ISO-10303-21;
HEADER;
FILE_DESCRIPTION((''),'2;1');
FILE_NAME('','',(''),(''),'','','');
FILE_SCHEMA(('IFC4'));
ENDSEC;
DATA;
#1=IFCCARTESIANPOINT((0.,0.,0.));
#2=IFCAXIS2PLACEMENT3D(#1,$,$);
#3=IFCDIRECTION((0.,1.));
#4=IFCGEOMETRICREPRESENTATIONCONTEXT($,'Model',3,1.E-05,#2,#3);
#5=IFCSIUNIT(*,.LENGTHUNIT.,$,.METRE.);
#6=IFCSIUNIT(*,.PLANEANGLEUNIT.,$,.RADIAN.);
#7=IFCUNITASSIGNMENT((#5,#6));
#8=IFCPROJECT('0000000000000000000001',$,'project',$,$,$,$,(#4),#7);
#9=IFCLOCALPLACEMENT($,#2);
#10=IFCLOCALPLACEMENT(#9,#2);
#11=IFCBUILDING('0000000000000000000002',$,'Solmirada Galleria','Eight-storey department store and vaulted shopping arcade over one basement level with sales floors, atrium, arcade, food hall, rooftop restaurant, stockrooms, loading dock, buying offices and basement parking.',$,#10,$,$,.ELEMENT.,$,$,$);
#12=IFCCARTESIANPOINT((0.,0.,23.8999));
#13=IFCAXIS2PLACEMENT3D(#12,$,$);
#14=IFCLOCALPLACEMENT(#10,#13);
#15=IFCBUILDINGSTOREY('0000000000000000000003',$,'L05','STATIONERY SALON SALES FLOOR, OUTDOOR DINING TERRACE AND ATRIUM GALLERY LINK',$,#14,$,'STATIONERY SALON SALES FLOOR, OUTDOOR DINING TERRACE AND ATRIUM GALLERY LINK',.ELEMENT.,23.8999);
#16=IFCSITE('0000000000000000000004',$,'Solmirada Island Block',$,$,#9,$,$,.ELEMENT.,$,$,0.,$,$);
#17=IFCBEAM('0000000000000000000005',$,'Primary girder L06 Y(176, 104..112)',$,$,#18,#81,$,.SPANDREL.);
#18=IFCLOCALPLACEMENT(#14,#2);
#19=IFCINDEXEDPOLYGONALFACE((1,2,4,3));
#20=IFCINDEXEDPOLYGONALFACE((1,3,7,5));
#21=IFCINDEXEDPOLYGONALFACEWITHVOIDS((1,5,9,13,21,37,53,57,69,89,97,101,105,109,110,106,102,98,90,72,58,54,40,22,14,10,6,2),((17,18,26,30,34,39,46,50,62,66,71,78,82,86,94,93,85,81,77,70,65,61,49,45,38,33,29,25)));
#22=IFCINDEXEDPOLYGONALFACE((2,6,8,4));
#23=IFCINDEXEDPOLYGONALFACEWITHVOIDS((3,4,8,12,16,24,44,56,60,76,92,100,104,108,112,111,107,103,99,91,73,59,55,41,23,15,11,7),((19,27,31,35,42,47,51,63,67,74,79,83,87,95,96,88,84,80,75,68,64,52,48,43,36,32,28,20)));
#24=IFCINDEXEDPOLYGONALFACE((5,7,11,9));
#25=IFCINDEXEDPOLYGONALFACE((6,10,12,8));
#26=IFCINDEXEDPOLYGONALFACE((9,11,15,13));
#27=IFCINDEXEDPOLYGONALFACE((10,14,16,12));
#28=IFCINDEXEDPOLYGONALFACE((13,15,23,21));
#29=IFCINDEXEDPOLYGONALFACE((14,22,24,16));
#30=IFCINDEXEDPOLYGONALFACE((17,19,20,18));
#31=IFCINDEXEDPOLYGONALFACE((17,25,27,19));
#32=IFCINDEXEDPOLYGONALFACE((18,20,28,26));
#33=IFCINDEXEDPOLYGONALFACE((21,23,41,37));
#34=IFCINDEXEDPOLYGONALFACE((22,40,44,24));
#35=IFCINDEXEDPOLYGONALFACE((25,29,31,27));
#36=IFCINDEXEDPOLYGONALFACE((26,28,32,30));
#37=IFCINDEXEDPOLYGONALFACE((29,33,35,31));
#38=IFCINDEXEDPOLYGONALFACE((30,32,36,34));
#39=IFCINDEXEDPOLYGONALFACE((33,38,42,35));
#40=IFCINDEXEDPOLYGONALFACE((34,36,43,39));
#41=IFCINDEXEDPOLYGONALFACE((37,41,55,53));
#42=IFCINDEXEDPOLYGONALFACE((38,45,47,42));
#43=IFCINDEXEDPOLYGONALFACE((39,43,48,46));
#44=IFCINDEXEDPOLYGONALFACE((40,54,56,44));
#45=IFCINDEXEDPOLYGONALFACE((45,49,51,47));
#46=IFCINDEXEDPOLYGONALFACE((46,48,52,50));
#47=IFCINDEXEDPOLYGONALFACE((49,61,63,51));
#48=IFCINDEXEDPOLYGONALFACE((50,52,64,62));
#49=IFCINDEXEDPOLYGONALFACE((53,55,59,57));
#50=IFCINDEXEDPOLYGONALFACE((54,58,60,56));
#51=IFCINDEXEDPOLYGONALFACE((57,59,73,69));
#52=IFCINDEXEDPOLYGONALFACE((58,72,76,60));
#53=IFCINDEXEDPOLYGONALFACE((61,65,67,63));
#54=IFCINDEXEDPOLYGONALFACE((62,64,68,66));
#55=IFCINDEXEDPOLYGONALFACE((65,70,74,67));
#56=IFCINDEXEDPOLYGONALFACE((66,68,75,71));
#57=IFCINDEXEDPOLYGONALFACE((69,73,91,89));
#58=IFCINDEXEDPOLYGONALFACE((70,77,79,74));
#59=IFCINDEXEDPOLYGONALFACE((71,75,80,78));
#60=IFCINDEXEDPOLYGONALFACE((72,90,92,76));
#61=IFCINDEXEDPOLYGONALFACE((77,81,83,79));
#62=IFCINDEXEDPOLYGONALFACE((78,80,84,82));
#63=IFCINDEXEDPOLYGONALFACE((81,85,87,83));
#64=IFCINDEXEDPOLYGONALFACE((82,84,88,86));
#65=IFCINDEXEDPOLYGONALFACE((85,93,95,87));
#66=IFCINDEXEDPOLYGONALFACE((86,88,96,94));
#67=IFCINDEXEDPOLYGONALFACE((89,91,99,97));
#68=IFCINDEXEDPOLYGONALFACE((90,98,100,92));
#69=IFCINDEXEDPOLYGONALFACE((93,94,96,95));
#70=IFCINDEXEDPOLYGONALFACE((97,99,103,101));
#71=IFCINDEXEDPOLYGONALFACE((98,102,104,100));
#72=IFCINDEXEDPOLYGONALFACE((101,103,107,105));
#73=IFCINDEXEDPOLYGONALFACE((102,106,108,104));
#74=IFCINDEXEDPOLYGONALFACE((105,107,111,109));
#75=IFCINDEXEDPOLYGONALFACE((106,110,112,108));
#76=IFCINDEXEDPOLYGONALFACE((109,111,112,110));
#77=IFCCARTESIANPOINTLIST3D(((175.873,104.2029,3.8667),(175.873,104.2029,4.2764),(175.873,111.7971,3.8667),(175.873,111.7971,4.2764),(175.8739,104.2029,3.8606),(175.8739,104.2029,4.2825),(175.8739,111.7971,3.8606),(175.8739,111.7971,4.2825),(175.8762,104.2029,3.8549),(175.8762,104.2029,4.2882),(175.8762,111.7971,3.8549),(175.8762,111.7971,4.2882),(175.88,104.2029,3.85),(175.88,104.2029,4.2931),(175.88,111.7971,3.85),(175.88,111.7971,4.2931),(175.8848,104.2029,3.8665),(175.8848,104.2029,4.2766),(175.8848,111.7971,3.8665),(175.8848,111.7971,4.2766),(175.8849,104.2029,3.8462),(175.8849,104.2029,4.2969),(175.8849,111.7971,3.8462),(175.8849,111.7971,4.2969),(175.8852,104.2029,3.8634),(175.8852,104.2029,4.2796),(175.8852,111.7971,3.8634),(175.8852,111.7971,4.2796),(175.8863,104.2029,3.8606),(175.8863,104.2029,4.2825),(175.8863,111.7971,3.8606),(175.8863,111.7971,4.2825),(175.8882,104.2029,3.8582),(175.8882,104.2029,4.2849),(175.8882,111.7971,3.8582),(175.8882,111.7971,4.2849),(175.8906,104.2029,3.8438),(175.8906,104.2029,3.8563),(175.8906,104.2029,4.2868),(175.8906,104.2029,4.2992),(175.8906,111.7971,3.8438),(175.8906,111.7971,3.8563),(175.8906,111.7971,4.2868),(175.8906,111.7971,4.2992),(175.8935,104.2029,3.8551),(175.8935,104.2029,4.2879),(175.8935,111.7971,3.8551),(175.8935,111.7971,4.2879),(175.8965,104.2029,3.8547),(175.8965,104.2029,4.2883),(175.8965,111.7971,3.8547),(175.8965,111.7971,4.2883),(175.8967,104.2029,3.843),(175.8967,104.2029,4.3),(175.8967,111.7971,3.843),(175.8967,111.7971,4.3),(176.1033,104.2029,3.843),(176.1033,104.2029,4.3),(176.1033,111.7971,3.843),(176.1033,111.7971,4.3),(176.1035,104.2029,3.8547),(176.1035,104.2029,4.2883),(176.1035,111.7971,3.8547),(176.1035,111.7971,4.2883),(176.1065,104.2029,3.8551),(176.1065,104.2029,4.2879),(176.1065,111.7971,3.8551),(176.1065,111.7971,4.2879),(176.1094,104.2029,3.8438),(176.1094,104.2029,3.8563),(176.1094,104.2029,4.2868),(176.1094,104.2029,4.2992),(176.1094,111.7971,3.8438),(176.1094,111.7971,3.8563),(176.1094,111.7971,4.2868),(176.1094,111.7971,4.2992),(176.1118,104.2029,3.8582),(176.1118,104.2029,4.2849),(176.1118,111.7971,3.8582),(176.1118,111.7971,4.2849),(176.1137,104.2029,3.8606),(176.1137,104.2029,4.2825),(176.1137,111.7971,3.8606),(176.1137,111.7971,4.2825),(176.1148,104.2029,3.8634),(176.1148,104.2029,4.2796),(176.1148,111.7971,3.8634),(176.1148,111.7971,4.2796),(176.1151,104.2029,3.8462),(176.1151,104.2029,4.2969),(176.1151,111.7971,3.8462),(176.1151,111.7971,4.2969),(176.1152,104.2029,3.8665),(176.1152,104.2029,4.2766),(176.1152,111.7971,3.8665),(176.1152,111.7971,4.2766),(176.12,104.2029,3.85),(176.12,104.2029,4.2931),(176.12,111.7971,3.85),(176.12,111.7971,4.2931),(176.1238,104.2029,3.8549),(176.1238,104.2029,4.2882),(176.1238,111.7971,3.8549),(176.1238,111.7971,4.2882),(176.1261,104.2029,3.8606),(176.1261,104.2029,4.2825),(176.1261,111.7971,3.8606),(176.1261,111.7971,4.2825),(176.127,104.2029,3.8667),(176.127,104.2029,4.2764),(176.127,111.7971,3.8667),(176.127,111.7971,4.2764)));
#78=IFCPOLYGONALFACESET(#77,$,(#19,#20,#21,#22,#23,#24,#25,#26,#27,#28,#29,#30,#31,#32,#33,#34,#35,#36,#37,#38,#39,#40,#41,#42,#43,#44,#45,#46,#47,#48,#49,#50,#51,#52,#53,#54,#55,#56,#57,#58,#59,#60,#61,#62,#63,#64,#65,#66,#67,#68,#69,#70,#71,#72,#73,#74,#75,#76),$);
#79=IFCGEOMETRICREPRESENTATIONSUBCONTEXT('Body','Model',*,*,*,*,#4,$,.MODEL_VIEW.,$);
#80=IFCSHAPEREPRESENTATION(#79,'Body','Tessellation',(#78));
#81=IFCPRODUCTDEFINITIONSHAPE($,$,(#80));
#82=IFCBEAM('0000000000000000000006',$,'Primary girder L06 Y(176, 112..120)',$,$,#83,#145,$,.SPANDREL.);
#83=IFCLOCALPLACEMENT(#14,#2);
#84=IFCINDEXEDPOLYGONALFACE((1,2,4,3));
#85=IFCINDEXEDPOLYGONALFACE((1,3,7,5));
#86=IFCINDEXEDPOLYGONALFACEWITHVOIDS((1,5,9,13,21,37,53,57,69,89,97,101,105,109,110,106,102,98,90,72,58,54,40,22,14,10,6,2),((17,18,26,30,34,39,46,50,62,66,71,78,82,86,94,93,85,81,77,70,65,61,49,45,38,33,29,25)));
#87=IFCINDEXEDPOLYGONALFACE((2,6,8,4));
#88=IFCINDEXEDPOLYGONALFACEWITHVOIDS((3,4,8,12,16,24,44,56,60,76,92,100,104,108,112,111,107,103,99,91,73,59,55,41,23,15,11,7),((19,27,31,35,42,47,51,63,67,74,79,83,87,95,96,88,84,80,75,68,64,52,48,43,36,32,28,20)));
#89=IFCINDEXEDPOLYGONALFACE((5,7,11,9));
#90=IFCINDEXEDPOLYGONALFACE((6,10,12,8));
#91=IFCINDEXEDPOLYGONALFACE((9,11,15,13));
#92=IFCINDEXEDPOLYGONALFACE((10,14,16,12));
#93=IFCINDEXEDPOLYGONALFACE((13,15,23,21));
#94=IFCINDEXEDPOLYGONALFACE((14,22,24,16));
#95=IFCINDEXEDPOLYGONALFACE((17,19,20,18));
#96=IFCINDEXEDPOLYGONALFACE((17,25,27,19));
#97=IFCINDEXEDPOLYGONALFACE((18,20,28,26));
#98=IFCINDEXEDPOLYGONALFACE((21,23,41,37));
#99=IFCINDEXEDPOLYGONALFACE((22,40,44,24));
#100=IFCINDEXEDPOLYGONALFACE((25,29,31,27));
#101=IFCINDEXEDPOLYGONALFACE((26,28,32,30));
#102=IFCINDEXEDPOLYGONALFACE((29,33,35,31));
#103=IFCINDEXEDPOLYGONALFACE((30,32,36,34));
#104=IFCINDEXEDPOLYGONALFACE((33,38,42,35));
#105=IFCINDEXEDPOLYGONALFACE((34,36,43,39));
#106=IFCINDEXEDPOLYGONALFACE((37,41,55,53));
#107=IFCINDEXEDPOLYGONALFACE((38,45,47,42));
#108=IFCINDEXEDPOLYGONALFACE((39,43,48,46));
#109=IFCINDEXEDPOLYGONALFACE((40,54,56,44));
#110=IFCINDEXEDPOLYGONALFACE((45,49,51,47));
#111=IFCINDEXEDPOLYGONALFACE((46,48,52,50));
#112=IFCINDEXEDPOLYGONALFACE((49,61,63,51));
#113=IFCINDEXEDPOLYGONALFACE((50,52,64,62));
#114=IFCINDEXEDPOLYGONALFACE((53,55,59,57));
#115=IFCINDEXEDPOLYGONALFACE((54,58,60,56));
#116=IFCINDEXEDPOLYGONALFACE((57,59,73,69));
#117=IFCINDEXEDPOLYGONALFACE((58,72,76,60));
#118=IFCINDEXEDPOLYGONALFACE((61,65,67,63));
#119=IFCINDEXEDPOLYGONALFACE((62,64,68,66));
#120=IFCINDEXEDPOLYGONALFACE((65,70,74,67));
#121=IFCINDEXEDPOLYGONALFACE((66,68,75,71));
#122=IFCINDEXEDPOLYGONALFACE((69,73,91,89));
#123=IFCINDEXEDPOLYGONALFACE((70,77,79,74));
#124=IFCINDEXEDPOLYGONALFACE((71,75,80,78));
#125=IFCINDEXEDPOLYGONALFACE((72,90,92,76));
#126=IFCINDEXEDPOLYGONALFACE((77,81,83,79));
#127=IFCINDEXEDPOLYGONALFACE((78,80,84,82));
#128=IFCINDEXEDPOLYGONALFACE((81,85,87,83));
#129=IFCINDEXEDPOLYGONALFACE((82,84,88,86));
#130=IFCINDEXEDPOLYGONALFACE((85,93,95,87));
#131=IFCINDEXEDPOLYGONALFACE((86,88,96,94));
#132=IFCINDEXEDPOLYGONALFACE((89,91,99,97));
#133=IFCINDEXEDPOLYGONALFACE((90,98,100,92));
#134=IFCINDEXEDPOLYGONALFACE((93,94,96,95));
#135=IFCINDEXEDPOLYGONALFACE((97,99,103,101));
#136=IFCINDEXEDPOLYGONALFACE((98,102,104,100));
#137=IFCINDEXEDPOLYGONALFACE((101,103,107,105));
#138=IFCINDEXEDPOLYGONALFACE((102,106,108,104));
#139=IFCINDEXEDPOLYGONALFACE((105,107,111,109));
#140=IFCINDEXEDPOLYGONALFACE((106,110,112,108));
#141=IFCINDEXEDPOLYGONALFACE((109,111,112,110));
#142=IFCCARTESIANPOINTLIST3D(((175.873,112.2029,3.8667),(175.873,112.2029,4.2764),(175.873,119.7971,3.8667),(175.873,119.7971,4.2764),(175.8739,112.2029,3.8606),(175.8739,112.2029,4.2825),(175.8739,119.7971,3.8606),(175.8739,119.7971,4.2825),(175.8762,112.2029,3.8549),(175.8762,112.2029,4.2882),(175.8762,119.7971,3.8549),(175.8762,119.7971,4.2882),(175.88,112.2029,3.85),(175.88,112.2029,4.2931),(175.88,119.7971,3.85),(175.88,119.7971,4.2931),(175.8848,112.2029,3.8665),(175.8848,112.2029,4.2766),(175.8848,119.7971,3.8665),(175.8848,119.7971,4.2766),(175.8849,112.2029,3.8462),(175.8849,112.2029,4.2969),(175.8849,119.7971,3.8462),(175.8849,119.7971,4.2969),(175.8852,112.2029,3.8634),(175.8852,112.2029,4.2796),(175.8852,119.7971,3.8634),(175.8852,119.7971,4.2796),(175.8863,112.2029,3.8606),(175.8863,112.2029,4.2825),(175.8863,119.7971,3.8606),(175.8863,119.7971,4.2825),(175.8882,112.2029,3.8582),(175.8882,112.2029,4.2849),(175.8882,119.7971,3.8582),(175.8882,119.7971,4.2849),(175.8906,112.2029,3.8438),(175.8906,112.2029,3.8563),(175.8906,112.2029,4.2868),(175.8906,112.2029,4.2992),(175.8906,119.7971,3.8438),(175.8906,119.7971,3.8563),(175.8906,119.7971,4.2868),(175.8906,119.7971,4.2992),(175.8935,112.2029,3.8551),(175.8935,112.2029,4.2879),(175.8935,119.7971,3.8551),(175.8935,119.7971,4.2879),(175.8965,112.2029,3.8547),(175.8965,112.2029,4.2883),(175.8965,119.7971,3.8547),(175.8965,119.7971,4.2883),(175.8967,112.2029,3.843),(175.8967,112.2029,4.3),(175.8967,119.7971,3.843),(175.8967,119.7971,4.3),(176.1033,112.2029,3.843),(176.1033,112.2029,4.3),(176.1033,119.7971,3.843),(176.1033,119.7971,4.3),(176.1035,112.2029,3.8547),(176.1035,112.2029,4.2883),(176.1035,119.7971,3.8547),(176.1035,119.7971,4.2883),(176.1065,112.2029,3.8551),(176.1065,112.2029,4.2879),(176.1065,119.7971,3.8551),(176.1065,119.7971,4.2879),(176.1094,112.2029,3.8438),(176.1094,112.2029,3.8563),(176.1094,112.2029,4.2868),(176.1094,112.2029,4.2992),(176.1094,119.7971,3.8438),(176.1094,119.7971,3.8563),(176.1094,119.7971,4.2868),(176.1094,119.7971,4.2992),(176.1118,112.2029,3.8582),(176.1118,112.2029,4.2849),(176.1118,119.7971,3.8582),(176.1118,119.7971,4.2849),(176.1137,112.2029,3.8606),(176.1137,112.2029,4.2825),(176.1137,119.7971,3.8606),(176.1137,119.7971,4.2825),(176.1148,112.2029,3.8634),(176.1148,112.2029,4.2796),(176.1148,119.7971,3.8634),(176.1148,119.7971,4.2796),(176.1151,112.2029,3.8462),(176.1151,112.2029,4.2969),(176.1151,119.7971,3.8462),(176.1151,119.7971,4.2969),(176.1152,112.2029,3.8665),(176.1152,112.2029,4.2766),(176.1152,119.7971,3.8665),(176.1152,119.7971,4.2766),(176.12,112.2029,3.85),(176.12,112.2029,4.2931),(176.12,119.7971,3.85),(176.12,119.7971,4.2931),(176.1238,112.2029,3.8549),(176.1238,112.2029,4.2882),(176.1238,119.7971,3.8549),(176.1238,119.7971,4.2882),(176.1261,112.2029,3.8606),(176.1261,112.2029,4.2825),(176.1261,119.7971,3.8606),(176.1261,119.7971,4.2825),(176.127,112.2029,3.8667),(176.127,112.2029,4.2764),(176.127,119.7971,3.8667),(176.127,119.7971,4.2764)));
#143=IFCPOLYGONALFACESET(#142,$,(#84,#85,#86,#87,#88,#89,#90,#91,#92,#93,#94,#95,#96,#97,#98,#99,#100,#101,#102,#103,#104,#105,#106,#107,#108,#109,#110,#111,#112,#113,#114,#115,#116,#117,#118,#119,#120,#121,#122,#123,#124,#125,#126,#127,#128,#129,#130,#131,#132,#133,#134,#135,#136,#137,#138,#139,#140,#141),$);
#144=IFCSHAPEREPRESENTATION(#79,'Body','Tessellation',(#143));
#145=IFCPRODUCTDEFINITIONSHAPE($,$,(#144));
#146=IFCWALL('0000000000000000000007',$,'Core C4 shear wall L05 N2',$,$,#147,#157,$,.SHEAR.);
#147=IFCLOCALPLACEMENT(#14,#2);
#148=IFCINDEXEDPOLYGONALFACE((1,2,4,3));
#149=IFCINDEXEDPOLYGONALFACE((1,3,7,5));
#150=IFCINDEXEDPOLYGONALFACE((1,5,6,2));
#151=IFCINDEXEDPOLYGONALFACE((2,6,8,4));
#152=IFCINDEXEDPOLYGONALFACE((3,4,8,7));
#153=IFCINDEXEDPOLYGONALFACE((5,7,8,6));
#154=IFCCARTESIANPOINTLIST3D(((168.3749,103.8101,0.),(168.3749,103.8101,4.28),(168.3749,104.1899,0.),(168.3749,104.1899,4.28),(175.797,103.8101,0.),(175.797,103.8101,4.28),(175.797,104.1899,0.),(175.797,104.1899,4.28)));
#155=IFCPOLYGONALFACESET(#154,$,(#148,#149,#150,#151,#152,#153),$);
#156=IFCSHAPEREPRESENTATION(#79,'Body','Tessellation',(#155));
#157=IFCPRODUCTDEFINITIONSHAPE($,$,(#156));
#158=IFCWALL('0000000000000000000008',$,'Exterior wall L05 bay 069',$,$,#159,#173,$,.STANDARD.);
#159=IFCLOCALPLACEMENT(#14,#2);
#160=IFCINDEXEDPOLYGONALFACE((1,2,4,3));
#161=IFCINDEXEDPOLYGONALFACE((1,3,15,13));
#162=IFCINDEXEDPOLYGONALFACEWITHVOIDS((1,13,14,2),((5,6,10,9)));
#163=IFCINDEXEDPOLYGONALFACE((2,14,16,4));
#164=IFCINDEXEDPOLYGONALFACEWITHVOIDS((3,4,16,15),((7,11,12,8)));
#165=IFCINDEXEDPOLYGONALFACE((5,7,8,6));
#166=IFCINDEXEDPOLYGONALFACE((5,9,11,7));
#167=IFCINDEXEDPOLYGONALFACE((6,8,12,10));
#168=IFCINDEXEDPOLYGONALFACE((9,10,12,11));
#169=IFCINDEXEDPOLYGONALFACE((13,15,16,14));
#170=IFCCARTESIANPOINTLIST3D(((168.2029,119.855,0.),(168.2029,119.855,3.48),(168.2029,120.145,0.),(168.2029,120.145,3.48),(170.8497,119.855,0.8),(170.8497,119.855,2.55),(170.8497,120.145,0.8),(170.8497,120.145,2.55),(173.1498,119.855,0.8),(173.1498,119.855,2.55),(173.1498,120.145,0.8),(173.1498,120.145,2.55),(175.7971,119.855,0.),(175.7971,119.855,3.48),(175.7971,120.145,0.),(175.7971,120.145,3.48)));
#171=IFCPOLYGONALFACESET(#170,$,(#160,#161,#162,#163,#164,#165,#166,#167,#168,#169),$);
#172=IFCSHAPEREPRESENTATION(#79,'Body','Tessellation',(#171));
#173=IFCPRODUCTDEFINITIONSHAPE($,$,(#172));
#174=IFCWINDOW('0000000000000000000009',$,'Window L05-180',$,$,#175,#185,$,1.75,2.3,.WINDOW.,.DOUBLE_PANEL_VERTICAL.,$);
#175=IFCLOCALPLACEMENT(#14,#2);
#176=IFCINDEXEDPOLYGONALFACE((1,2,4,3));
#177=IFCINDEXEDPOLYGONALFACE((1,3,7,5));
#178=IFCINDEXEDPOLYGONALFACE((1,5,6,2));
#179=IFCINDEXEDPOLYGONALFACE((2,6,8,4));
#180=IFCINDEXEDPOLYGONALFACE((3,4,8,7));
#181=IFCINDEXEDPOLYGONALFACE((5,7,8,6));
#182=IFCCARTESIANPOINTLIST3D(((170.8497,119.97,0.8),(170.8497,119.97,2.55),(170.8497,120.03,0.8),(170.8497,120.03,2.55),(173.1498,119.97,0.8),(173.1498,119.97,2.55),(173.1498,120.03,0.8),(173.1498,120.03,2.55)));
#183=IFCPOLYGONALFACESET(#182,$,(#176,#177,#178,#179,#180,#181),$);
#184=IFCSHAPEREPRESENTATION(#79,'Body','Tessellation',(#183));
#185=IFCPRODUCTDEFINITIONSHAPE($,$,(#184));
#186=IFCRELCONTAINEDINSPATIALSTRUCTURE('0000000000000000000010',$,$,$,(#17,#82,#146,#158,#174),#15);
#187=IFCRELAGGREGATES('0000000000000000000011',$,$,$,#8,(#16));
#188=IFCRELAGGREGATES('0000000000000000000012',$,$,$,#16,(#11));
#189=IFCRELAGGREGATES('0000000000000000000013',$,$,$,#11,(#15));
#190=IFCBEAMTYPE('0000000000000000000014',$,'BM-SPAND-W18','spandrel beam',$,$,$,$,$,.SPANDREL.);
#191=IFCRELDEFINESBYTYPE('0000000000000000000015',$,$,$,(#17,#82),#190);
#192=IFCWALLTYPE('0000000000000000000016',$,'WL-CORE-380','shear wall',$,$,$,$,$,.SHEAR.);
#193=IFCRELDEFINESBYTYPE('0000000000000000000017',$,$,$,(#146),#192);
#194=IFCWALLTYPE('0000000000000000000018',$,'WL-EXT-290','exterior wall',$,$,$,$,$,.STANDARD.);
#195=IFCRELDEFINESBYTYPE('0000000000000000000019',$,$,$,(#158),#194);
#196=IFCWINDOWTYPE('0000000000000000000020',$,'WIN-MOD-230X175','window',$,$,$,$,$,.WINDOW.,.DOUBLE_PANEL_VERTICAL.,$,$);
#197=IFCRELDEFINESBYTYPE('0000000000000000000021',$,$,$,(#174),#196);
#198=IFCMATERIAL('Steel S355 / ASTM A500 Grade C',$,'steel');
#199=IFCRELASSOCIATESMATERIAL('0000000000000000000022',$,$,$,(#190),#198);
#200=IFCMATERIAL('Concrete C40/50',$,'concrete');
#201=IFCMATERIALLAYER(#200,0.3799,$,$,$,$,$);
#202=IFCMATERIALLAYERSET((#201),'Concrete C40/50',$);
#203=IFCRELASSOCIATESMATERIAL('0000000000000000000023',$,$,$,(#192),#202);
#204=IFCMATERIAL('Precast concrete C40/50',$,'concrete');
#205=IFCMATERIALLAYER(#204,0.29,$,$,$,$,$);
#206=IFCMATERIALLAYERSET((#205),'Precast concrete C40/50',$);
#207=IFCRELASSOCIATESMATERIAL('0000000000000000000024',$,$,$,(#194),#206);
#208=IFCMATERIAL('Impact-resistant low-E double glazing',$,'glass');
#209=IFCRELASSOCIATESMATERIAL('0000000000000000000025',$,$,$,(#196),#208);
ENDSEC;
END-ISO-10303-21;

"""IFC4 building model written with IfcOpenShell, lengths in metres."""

from ifc_helpers import new_model, si_unit, direction, frame, frame_2d, origin, origin_2d, place, context, subcontext, project, spatial, rectangle, hollow_rectangle, extrude, material, layer, layer_set, material_profile, profile_set, type_object, element, fill, save


model = new_model("IFC4")

# Units and contexts
model_context = context("Model", 3, precision=1e-05, world=origin(), true_north=direction((0.0, 1.0)))
body_context = subcontext(model_context, "Body", "Model", "MODEL_VIEW")
ifc_project = project(units=[si_unit("LENGTHUNIT", "METRE"), si_unit("PLANEANGLEUNIT", "RADIAN")], contexts=[model_context])

# Site, building, storey
site_placement = place(None, origin())
site = spatial("IfcSite", under=ifc_project, at=site_placement, Name="Solmirada Island Block", CompositionType="ELEMENT", RefElevation=0.0)
building_placement = place(site_placement, origin())
building = spatial("IfcBuilding", under=site, at=building_placement, Name="Solmirada Galleria", Description="Eight-storey department store and vaulted shopping arcade over one basement level with sales floors, atrium, arcade, food hall, rooftop restaurant, stockrooms, loading dock, buying offices and basement parking.", CompositionType="ELEMENT")
storey_placement = place(building_placement, frame((0.0, 0.0, 23.8999)))
storey = spatial("IfcBuildingStorey", under=building, at=storey_placement, Name="L05", Description="STATIONERY SALON SALES FLOOR, OUTDOOR DINING TERRACE AND ATRIUM GALLERY LINK", LongName="STATIONERY SALON SALES FLOOR, OUTDOOR DINING TERRACE AND ATRIUM GALLERY LINK", CompositionType="ELEMENT", Elevation=23.8999)

# Shared definitions
ifc_material_1 = material(Name="Steel S355 / ASTM A500 Grade C", Category="steel")

# Beams
ifc_material_profile_1 = material_profile(ifc_material_1, hollow_rectangle(XDim=0.2539, YDim=0.457, WallThickness=0.0117, InnerFilletRadius=0.0117, OuterFilletRadius=0.0237, at=origin_2d()), Name="HSS18X10X1/2")
ifc_profile_set_1 = profile_set([ifc_material_profile_1], Name="Steel S355 / ASTM A500 Grade C")
beam_type_1 = type_object("IfcBeamType", Name="BM-SPAND-W18", Description="spandrel beam", PredefinedType="SPANDREL", material=ifc_profile_set_1)
for number, where, z_axis, x_axis, name in (
    (1, (176.0, 104.2029, 4.0715), (0.0, 1.0, 0.0), (-1.0, 0.0, 0.0), "Primary girder L06 Y(176, 104..112)"),
    (2, (176.0, 112.2029, 4.0715), (0.0, 1.0, 0.0), (-1.0, 0.0, 0.0), "Primary girder L06 Y(176, 112..120)"),
):
    element("IfcBeam", number, at=place(storey_placement, frame(where, z_axis=z_axis, x_axis=x_axis)), inside=storey, type_object=beam_type_1, Name=name, PredefinedType="SPANDREL", context=body_context, shape_type="SweptSolid", body=[
        extrude(hollow_rectangle(XDim=0.2539, YDim=0.457, WallThickness=0.0117, InnerFilletRadius=0.0117, OuterFilletRadius=0.0237, at=origin_2d()), origin(), (0.0, 0.0, 1.0), 7.5942),
    ])

# Wall
ifc_material_2 = material(Name="Concrete C40/50", Category="concrete")
ifc_layer_1 = layer(ifc_material_2, 0.3799)
ifc_layer_set_1 = layer_set([ifc_layer_1], Name="Concrete C40/50")
wall_type_1 = type_object("IfcWallType", Name="WL-CORE-380", Description="shear wall", PredefinedType="SHEAR", material=ifc_layer_set_1)
wall_1_placement = place(storey_placement, frame((168.375, 104.0, 0.0), z_axis=(0.0, 0.0, 1.0), x_axis=(1.0, 0.0, 0.0)))
element("IfcWall", 3, at=wall_1_placement, inside=storey, type_object=wall_type_1, Name="Core C4 shear wall L05 N2", PredefinedType="SHEAR", context=body_context, shape_type="SweptSolid", body=[
    extrude(rectangle(XDim=7.4221, YDim=0.3799, at=frame_2d((3.7109, 0.0))), origin(), (0.0, 0.0, 1.0), 4.28),
])

# Wall, opening, window
ifc_material_3 = material(Name="Precast concrete C40/50", Category="concrete")
ifc_layer_2 = layer(ifc_material_3, 0.29)
ifc_layer_set_2 = layer_set([ifc_layer_2], Name="Precast concrete C40/50")
wall_type_2 = type_object("IfcWallType", Name="WL-EXT-290", Description="exterior wall", PredefinedType="STANDARD", material=ifc_layer_set_2)
wall_2_placement = place(storey_placement, frame((168.2029, 120.0, 0.0), z_axis=(0.0, 0.0, 1.0), x_axis=(1.0, 0.0, 0.0)))
wall_2 = element("IfcWall", 4, at=wall_2_placement, inside=storey, type_object=wall_type_2, Name="Exterior wall L05 bay 069", PredefinedType="STANDARD", context=body_context, shape_type="SweptSolid", body=[
    extrude(rectangle(XDim=7.5942, YDim=0.29, at=frame_2d((3.7971, 0.0))), origin(), (0.0, 0.0, 1.0), 3.48),
])
opening_1_placement = place(wall_2_placement, frame((2.647, 0.0, 0.8)))
opening_1 = element("IfcOpeningElement", 5, at=opening_1_placement, cuts=wall_2, PredefinedType="OPENING", context=body_context, shape_type="SweptSolid", body=[
    extrude(rectangle(XDim=2.3, YDim=1.75, at=frame_2d((1.1499, 0.875))), frame((0.0, 0.155, 0.0), z_axis=(0.0, -1.0, 0.0), x_axis=(1.0, 0.0, 0.0)), (0.0, 0.0, 1.0), 0.3101),
])
ifc_material_4 = material(Name="Impact-resistant low-E double glazing", Category="glass")
window_type = type_object("IfcWindowType", Name="WIN-MOD-230X175", Description="window", PartitioningType="DOUBLE_PANEL_VERTICAL", PredefinedType="WINDOW", material=ifc_material_4)
window_1_placement = place(opening_1_placement, origin())
window_1 = element("IfcWindow", 6, at=window_1_placement, inside=storey, type_object=window_type, Name="Window L05-180", OverallHeight=1.75, OverallWidth=2.3, PartitioningType="DOUBLE_PANEL_VERTICAL", PredefinedType="WINDOW", context=body_context, shape_type="SweptSolid", body=[
    extrude(rectangle(XDim=2.3, YDim=1.75, at=frame_2d((1.1499, 0.875))), frame((0.0, 0.03, 0.0), z_axis=(0.0, -1.0, 0.0), x_axis=(1.0, 0.0, 0.0)), (0.0, 0.0, 1.0), 0.0601),
])
fill(opening_1, window_1)

save(model, "model.ifc")
